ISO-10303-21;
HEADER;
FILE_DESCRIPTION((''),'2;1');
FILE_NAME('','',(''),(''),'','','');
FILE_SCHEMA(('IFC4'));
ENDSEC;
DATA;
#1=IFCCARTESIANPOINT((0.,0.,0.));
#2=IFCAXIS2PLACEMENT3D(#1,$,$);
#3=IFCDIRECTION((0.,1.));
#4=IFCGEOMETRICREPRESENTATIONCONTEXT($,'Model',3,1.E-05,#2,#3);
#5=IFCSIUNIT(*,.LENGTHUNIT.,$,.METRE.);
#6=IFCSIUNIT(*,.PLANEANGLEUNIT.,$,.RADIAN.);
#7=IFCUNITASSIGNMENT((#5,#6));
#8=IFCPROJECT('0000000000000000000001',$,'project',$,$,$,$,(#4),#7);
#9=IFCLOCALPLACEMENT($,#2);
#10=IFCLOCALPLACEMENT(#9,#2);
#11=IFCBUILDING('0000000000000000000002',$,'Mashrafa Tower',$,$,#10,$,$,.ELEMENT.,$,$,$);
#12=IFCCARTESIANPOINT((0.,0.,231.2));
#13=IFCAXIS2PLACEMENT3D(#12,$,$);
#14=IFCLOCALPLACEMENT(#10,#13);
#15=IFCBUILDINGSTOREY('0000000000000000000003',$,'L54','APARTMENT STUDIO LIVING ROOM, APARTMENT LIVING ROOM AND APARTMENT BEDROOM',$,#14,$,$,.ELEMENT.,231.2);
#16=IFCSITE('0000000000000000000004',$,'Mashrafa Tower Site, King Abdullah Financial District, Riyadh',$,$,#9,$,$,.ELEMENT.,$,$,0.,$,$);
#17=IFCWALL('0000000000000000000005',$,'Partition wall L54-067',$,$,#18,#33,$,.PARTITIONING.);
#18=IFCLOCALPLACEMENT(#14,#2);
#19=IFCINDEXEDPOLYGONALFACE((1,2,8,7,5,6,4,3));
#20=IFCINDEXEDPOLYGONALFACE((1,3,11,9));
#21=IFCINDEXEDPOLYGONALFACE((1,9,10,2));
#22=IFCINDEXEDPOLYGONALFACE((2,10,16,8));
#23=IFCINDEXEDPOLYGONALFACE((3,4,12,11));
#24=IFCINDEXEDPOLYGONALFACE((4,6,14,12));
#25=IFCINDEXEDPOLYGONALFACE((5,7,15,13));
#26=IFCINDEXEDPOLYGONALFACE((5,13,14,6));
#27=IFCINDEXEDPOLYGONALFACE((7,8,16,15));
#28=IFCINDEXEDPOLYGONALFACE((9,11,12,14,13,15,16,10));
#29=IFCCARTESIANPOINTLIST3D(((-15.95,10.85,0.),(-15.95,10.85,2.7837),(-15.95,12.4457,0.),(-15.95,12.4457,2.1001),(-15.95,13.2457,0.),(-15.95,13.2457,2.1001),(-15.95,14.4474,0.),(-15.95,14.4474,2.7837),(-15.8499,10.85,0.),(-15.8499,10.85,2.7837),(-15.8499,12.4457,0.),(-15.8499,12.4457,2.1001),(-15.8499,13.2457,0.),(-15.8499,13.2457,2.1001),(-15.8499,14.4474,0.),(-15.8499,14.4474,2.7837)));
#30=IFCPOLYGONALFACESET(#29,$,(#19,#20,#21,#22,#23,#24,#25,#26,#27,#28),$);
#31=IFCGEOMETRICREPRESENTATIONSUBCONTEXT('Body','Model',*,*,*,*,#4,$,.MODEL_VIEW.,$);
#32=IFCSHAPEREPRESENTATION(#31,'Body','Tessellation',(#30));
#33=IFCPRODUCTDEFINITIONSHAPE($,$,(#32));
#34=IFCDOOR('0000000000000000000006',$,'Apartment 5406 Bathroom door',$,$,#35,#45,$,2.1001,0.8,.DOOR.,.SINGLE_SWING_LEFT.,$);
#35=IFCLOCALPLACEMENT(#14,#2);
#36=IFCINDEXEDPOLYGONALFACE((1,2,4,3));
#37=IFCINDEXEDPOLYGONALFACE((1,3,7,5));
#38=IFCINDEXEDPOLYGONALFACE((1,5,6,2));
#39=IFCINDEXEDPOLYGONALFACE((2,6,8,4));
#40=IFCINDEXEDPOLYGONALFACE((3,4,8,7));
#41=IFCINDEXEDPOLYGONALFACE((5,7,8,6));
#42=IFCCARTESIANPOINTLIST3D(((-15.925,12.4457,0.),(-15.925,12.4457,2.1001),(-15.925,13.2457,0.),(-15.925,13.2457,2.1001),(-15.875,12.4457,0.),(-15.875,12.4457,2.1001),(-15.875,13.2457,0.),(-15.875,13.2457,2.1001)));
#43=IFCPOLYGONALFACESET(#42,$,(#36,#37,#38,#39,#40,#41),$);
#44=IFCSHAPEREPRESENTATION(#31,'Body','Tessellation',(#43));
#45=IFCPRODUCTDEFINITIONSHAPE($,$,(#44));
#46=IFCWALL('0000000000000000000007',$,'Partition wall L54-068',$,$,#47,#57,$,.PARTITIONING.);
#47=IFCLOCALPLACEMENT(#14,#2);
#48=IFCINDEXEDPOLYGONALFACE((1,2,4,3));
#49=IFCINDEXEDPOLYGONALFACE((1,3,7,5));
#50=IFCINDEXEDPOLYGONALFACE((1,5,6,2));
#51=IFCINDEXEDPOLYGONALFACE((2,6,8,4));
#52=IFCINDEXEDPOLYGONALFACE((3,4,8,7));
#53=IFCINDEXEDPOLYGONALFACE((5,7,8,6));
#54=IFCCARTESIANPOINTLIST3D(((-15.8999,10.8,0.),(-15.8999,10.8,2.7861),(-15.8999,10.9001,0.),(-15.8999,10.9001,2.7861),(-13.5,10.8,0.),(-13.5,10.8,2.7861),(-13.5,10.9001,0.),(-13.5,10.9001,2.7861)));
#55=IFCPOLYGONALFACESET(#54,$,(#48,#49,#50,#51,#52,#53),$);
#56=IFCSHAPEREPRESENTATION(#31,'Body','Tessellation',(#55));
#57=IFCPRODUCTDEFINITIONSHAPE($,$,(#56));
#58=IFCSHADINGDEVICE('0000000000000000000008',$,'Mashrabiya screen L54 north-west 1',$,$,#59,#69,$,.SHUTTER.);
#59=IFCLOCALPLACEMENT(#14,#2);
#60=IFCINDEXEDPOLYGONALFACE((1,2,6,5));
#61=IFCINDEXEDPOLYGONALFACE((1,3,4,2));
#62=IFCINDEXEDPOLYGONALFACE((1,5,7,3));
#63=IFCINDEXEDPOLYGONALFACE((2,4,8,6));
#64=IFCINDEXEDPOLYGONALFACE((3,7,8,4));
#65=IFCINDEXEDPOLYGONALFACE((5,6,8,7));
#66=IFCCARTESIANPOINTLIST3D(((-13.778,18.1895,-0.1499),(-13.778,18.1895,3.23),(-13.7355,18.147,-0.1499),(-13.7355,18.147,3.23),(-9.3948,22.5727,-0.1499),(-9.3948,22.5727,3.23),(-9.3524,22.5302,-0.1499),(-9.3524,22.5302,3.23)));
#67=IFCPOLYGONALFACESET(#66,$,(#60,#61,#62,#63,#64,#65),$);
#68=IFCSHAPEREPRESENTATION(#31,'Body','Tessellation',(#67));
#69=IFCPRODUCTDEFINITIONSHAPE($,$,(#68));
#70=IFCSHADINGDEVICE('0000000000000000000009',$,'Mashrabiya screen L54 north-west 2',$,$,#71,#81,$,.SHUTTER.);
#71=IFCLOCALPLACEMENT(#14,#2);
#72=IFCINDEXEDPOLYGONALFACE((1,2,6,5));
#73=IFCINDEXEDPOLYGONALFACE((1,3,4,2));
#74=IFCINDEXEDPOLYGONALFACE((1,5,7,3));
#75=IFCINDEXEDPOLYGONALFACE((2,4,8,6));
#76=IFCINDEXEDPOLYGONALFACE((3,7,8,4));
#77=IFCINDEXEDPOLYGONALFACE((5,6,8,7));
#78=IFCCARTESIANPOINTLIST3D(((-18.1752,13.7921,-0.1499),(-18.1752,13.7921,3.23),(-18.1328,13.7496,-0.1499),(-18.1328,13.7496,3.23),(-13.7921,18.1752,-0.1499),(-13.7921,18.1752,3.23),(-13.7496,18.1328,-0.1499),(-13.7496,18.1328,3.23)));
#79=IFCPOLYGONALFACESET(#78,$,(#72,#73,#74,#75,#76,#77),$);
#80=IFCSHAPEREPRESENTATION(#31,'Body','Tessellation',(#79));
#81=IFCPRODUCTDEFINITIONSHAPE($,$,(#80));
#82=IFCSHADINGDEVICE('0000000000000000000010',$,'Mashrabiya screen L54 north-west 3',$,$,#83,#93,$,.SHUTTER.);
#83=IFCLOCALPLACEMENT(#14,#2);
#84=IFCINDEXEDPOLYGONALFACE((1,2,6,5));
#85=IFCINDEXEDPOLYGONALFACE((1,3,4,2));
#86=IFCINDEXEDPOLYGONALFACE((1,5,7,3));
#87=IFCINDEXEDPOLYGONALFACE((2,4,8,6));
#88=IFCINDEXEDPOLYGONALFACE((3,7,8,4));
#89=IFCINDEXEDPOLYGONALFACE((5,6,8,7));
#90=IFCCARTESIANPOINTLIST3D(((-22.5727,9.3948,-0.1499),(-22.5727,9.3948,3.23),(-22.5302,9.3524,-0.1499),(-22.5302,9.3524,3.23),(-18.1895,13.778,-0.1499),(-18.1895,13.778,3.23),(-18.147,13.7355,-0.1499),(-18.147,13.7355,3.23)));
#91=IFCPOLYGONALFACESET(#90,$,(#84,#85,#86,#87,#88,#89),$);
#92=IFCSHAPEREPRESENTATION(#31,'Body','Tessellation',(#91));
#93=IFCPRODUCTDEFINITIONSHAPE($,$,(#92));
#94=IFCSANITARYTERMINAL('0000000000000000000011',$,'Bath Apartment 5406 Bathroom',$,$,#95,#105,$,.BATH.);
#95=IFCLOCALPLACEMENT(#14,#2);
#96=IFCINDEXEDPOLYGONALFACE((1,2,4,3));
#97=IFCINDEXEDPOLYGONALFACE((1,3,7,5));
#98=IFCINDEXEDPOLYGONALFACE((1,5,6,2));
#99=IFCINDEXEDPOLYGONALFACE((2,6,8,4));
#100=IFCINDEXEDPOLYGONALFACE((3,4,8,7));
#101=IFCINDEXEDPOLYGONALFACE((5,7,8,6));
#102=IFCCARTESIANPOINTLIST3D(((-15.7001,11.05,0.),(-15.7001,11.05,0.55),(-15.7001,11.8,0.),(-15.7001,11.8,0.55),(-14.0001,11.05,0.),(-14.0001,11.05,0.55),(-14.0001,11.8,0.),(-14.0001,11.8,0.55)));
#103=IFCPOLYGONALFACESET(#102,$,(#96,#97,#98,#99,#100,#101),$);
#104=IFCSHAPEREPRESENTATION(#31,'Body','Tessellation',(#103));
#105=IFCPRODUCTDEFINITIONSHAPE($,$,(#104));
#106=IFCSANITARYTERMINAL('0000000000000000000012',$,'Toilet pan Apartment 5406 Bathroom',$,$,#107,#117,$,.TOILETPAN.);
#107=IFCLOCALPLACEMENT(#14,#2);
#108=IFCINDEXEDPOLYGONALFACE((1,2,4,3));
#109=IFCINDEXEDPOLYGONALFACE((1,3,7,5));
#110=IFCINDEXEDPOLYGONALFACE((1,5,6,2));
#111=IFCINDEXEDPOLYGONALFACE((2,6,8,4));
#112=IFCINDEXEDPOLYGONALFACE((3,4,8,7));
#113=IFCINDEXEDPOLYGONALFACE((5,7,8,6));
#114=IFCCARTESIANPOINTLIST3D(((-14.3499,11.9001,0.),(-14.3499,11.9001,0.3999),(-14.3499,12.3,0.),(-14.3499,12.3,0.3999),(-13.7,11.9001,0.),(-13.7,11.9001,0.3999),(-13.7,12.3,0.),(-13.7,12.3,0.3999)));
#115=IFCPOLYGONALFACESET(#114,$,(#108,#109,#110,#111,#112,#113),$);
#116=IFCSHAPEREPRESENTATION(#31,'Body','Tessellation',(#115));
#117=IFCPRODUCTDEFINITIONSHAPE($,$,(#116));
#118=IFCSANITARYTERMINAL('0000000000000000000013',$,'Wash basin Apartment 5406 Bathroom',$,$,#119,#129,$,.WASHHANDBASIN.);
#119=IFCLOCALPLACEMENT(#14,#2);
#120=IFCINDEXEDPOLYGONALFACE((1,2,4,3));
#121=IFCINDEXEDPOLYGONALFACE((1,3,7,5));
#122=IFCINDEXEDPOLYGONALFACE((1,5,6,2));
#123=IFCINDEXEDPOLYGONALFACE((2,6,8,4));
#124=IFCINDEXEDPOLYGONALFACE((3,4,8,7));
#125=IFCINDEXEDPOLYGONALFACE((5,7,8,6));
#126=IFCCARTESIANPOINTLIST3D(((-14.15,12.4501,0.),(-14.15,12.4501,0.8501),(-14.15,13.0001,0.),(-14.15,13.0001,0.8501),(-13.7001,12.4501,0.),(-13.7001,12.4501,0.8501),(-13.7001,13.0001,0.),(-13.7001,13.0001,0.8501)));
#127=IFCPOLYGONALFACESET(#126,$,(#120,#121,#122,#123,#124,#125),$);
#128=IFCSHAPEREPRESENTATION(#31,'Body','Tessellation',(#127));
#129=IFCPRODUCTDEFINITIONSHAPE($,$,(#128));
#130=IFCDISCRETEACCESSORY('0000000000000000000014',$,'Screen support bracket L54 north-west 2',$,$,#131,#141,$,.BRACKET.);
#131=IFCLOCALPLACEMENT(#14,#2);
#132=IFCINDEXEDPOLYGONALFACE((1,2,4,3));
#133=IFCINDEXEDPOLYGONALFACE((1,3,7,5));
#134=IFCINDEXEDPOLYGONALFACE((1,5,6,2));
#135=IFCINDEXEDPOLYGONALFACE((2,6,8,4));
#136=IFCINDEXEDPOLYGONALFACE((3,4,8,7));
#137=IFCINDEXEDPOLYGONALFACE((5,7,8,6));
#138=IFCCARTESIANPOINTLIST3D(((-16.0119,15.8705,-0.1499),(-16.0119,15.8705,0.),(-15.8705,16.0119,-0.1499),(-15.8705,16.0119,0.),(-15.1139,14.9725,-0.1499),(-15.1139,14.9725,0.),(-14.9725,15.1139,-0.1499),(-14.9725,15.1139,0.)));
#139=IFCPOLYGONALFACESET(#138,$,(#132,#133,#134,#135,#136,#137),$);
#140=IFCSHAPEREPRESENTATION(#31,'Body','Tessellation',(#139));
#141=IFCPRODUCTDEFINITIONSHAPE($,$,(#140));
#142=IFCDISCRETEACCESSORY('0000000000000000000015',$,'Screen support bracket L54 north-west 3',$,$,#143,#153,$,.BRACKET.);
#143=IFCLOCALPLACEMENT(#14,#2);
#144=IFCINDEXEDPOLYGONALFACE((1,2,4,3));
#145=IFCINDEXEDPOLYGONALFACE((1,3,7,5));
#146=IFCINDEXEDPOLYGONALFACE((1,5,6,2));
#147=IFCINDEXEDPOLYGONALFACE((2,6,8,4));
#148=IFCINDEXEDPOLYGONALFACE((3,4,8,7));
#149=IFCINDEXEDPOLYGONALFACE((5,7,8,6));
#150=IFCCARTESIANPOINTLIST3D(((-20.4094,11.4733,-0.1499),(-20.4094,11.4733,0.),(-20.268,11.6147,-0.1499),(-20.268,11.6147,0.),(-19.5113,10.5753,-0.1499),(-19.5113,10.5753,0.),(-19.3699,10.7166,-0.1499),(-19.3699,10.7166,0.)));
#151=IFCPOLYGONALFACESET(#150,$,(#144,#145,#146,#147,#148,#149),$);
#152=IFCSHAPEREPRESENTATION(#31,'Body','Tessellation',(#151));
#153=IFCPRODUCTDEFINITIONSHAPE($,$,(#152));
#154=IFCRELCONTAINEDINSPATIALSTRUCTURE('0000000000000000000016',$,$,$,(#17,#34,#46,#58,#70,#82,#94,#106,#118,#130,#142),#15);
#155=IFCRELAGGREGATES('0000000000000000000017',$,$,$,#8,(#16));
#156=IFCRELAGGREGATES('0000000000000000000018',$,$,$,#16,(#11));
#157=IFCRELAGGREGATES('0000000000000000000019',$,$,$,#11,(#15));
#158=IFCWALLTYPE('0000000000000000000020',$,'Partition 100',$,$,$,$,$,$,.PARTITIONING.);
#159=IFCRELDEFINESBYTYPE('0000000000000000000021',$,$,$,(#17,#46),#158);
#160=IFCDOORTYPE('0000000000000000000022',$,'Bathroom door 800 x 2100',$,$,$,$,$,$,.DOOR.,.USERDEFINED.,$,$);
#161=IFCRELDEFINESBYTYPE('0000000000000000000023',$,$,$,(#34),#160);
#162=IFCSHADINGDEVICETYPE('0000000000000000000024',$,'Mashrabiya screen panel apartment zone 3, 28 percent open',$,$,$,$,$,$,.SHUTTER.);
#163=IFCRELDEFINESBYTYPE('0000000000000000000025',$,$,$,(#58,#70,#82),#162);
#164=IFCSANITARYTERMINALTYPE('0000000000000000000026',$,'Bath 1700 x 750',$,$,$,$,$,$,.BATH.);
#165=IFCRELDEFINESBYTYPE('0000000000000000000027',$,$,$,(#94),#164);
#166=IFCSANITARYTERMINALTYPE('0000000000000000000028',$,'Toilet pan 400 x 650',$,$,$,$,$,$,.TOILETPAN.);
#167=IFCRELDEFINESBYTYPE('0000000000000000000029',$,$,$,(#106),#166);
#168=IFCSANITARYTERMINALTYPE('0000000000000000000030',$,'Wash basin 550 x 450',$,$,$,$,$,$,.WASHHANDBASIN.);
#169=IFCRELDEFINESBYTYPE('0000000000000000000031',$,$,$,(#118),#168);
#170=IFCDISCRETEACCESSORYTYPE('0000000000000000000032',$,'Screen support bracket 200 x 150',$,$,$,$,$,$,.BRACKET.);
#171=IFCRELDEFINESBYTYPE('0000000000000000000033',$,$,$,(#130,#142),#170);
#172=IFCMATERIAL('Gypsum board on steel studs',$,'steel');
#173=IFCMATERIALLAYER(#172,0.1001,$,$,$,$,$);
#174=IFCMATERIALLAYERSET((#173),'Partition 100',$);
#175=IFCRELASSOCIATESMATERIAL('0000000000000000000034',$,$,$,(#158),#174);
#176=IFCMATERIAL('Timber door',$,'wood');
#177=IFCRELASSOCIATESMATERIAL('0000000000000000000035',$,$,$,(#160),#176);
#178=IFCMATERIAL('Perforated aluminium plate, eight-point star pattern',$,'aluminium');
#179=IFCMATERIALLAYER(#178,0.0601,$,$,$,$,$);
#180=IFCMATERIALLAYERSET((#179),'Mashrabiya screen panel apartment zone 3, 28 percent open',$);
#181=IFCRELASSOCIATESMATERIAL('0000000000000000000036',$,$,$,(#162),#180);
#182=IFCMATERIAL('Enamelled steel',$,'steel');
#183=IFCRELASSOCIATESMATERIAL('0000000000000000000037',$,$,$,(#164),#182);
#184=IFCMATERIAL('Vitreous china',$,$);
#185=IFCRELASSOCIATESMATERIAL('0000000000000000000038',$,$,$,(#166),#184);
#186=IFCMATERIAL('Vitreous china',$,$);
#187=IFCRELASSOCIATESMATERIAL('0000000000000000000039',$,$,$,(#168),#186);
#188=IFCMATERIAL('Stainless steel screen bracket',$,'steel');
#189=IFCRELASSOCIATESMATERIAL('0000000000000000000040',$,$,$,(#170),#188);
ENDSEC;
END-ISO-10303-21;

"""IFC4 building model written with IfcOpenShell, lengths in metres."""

from ifc_helpers import new_model, si_unit, direction, frame, frame_2d, origin, origin_2d, place, context, subcontext, project, spatial, rectangle, extrude, source, transform, mapped, material, layer, layer_set, type_object, type_shapes, element, fill, save


model = new_model("IFC4")

# Units and contexts
model_context = context("Model", 3, precision=1e-05, world=origin(), true_north=direction((0.0, 1.0)))
body_context = subcontext(model_context, "Body", "Model", "MODEL_VIEW")
ifc_project = project(units=[si_unit("LENGTHUNIT", "METRE"), si_unit("PLANEANGLEUNIT", "RADIAN")], contexts=[model_context])

# Site, building, storey
site_placement = place(None, origin())
site = spatial("IfcSite", under=ifc_project, at=site_placement, Name="Mashrafa Tower Site, King Abdullah Financial District, Riyadh", CompositionType="ELEMENT", RefElevation=0.0)
building_placement = place(site_placement, origin())
building = spatial("IfcBuilding", under=site, at=building_placement, Name="Mashrafa Tower", CompositionType="ELEMENT")
storey_placement = place(building_placement, frame((0.0, 0.0, 231.2)))
storey = spatial("IfcBuildingStorey", under=building, at=storey_placement, Name="L54", Description="APARTMENT STUDIO LIVING ROOM, APARTMENT LIVING ROOM AND APARTMENT BEDROOM", CompositionType="ELEMENT", Elevation=231.2)

# Wall, opening, door
ifc_material_1 = material(Name="Gypsum board on steel studs", Category="steel")
ifc_layer_1 = layer(ifc_material_1, 0.1001)
ifc_layer_set_1 = layer_set([ifc_layer_1], Name="Partition 100")
wall_type_1 = type_object("IfcWallType", Name="Partition 100", PredefinedType="PARTITIONING", material=ifc_layer_set_1)
wall_1_placement = place(storey_placement, frame((-15.8999, 14.4475, 0.0), z_axis=(0.0, 0.0, 1.0), x_axis=(0.0, -1.0, 0.0)))
wall_1 = element("IfcWall", 1, at=wall_1_placement, inside=storey, type_object=wall_type_1, Name="Partition wall L54-067", PredefinedType="PARTITIONING", context=body_context, shape_type="SweptSolid", body=[
    extrude(rectangle(XDim=3.5974, YDim=0.1001, at=frame_2d((1.7988, 0.0))), origin(), (0.0, 0.0, 1.0), 2.7837),
])
opening_placement = place(wall_1_placement, frame((1.2019, 0.0, 0.0)))
opening = element("IfcOpeningElement", 2, at=opening_placement, cuts=wall_1, PredefinedType="OPENING", context=body_context, shape_type="SweptSolid", body=[
    extrude(rectangle(XDim=0.8, YDim=2.1001, at=frame_2d((0.3999, 1.05))), frame((0.0, 0.0601, 0.0), z_axis=(0.0, -1.0, 0.0), x_axis=(1.0, 0.0, 0.0)), (0.0, 0.0, 1.0), 0.1201),
])
ifc_material_2 = material(Name="Timber door", Category="wood")
door_type = type_object("IfcDoorType", Name="Bathroom door 800 x 2100", OperationType="USERDEFINED", PredefinedType="DOOR", material=ifc_material_2)
door_placement = place(opening_placement, origin())
door = element("IfcDoor", 3, at=door_placement, inside=storey, type_object=door_type, Name="Apartment 5406 Bathroom door", OperationType="SINGLE_SWING_LEFT", OverallHeight=2.1001, OverallWidth=0.8, PredefinedType="DOOR", context=body_context, shape_type="SweptSolid", body=[
    extrude(rectangle(XDim=0.8, YDim=2.1001, at=frame_2d((0.3999, 1.05))), frame((0.0, 0.0249, 0.0), z_axis=(0.0, -1.0, 0.0), x_axis=(1.0, 0.0, 0.0)), (0.0, 0.0, 1.0), 0.05),
])
fill(opening, door)

# Wall
wall_2_placement = place(storey_placement, frame((-15.8999, 10.8501, 0.0), z_axis=(0.0, 0.0, 1.0), x_axis=(1.0, 0.0, 0.0)))
element("IfcWall", 4, at=wall_2_placement, inside=storey, type_object=wall_type_1, Name="Partition wall L54-068", PredefinedType="PARTITIONING", context=body_context, shape_type="SweptSolid", body=[
    extrude(rectangle(XDim=2.3999, YDim=0.1001, at=frame_2d((1.2, 0.0))), origin(), (0.0, 0.0, 1.0), 2.7861),
])

# Shading devices
ifc_material_3 = material(Name="Perforated aluminium plate, eight-point star pattern", Category="aluminium")
ifc_layer_2 = layer(ifc_material_3, 0.0601)
ifc_layer_set_2 = layer_set([ifc_layer_2], Name="Mashrabiya screen panel apartment zone 3, 28 percent open")
shading_device_type = type_object("IfcShadingDeviceType", Name="Mashrabiya screen panel apartment zone 3, 28 percent open", PredefinedType="SHUTTER", material=ifc_layer_set_2)
shared_shape_1 = source(origin(), body_context, "Body", "SweptSolid", [
    extrude(rectangle(XDim=6.1987, YDim=0.0601, at=origin_2d()), origin(), (0.0, 0.0, 1.0), 3.3799),
])
type_shapes(shading_device_type, [shared_shape_1])
for number, where, z_axis, x_axis, name in (
    (5, (-11.5652, 20.3599, -0.1499), (0.0, 0.0, 1.0), (-0.707107, -0.707107, 0.0), "Mashrabiya screen L54 north-west 1"),
    (6, (-15.9624, 15.9624, -0.1499), (0.0, 0.0, 1.0), (-0.707107, -0.707107, 0.0), "Mashrabiya screen L54 north-west 2"),
    (7, (-20.3599, 11.5652, -0.1499), (0.0, 0.0, 1.0), (-0.707107, -0.707107, 0.0), "Mashrabiya screen L54 north-west 3"),
):
    element("IfcShadingDevice", number, at=place(storey_placement, frame(where, z_axis=z_axis, x_axis=x_axis)), inside=storey, type_object=shading_device_type, Name=name, PredefinedType="SHUTTER", context=body_context, shape_type="MappedRepresentation", body=[
        mapped(shared_shape_1, transform((0.0, 0.0, 0.0))),
    ])

# Sanitary terminals
ifc_material_4 = material(Name="Enamelled steel", Category="steel")
sanitary_terminal_type_1 = type_object("IfcSanitaryTerminalType", Name="Bath 1700 x 750", PredefinedType="BATH", material=ifc_material_4)
sanitary_terminal_1_placement = place(storey_placement, frame((-14.8501, 11.425, 0.0), z_axis=(0.0, 0.0, 1.0), x_axis=(1.0, 0.0, 0.0)))
element("IfcSanitaryTerminal", 8, at=sanitary_terminal_1_placement, inside=storey, type_object=sanitary_terminal_type_1, Name="Bath Apartment 5406 Bathroom", PredefinedType="BATH", context=body_context, shape_type="SweptSolid", body=[
    extrude(rectangle(XDim=1.7, YDim=0.75, at=origin_2d()), origin(), (0.0, 0.0, 1.0), 0.55),
])
ifc_material_5 = material(Name="Vitreous china")
sanitary_terminal_type_2 = type_object("IfcSanitaryTerminalType", Name="Toilet pan 400 x 650", PredefinedType="TOILETPAN", material=ifc_material_5)
sanitary_terminal_2_placement = place(storey_placement, frame((-14.0249, 12.1001, 0.0), z_axis=(0.0, 0.0, 1.0), x_axis=(0.0, 1.0, 0.0)))
element("IfcSanitaryTerminal", 9, at=sanitary_terminal_2_placement, inside=storey, type_object=sanitary_terminal_type_2, Name="Toilet pan Apartment 5406 Bathroom", PredefinedType="TOILETPAN", context=body_context, shape_type="SweptSolid", body=[
    extrude(rectangle(XDim=0.3999, YDim=0.6499, at=origin_2d()), origin(), (0.0, 0.0, 1.0), 0.3999),
])
ifc_material_6 = material(Name="Vitreous china")
sanitary_terminal_type_3 = type_object("IfcSanitaryTerminalType", Name="Wash basin 550 x 450", PredefinedType="WASHHANDBASIN", material=ifc_material_6)
sanitary_terminal_3_placement = place(storey_placement, frame((-13.925, 12.7251, 0.0), z_axis=(0.0, 0.0, 1.0), x_axis=(0.0, 1.0, 0.0)))
element("IfcSanitaryTerminal", 10, at=sanitary_terminal_3_placement, inside=storey, type_object=sanitary_terminal_type_3, Name="Wash basin Apartment 5406 Bathroom", PredefinedType="WASHHANDBASIN", context=body_context, shape_type="SweptSolid", body=[
    extrude(rectangle(XDim=0.55, YDim=0.45, at=origin_2d()), origin(), (0.0, 0.0, 1.0), 0.8501),
])

# Discrete accessories
ifc_material_7 = material(Name="Stainless steel screen bracket", Category="steel")
discrete_accessory_type = type_object("IfcDiscreteAccessoryType", Name="Screen support bracket 200 x 150", PredefinedType="BRACKET", material=ifc_material_7)
shared_shape_2 = source(origin(), body_context, "Body", "SweptSolid", [
    extrude(rectangle(XDim=0.2, YDim=1.27, at=origin_2d()), origin(), (0.0, 0.0, 1.0), 0.1499),
])
type_shapes(discrete_accessory_type, [shared_shape_2])
for number, where, z_axis, x_axis, name in (
    (11, (-15.4922, 15.4922, -0.1499), (0.0, 0.0, 1.0), (-0.707107, -0.707107, 0.0), "Screen support bracket L54 north-west 2"),
    (12, (-19.8896, 11.095, -0.1499), (0.0, 0.0, 1.0), (-0.707107, -0.707107, 0.0), "Screen support bracket L54 north-west 3"),
):
    element("IfcDiscreteAccessory", number, at=place(storey_placement, frame(where, z_axis=z_axis, x_axis=x_axis)), inside=storey, type_object=discrete_accessory_type, Name=name, PredefinedType="BRACKET", context=body_context, shape_type="MappedRepresentation", body=[
        mapped(shared_shape_2, transform((0.0, 0.0, 0.0))),
    ])

save(model, "model.ifc")
